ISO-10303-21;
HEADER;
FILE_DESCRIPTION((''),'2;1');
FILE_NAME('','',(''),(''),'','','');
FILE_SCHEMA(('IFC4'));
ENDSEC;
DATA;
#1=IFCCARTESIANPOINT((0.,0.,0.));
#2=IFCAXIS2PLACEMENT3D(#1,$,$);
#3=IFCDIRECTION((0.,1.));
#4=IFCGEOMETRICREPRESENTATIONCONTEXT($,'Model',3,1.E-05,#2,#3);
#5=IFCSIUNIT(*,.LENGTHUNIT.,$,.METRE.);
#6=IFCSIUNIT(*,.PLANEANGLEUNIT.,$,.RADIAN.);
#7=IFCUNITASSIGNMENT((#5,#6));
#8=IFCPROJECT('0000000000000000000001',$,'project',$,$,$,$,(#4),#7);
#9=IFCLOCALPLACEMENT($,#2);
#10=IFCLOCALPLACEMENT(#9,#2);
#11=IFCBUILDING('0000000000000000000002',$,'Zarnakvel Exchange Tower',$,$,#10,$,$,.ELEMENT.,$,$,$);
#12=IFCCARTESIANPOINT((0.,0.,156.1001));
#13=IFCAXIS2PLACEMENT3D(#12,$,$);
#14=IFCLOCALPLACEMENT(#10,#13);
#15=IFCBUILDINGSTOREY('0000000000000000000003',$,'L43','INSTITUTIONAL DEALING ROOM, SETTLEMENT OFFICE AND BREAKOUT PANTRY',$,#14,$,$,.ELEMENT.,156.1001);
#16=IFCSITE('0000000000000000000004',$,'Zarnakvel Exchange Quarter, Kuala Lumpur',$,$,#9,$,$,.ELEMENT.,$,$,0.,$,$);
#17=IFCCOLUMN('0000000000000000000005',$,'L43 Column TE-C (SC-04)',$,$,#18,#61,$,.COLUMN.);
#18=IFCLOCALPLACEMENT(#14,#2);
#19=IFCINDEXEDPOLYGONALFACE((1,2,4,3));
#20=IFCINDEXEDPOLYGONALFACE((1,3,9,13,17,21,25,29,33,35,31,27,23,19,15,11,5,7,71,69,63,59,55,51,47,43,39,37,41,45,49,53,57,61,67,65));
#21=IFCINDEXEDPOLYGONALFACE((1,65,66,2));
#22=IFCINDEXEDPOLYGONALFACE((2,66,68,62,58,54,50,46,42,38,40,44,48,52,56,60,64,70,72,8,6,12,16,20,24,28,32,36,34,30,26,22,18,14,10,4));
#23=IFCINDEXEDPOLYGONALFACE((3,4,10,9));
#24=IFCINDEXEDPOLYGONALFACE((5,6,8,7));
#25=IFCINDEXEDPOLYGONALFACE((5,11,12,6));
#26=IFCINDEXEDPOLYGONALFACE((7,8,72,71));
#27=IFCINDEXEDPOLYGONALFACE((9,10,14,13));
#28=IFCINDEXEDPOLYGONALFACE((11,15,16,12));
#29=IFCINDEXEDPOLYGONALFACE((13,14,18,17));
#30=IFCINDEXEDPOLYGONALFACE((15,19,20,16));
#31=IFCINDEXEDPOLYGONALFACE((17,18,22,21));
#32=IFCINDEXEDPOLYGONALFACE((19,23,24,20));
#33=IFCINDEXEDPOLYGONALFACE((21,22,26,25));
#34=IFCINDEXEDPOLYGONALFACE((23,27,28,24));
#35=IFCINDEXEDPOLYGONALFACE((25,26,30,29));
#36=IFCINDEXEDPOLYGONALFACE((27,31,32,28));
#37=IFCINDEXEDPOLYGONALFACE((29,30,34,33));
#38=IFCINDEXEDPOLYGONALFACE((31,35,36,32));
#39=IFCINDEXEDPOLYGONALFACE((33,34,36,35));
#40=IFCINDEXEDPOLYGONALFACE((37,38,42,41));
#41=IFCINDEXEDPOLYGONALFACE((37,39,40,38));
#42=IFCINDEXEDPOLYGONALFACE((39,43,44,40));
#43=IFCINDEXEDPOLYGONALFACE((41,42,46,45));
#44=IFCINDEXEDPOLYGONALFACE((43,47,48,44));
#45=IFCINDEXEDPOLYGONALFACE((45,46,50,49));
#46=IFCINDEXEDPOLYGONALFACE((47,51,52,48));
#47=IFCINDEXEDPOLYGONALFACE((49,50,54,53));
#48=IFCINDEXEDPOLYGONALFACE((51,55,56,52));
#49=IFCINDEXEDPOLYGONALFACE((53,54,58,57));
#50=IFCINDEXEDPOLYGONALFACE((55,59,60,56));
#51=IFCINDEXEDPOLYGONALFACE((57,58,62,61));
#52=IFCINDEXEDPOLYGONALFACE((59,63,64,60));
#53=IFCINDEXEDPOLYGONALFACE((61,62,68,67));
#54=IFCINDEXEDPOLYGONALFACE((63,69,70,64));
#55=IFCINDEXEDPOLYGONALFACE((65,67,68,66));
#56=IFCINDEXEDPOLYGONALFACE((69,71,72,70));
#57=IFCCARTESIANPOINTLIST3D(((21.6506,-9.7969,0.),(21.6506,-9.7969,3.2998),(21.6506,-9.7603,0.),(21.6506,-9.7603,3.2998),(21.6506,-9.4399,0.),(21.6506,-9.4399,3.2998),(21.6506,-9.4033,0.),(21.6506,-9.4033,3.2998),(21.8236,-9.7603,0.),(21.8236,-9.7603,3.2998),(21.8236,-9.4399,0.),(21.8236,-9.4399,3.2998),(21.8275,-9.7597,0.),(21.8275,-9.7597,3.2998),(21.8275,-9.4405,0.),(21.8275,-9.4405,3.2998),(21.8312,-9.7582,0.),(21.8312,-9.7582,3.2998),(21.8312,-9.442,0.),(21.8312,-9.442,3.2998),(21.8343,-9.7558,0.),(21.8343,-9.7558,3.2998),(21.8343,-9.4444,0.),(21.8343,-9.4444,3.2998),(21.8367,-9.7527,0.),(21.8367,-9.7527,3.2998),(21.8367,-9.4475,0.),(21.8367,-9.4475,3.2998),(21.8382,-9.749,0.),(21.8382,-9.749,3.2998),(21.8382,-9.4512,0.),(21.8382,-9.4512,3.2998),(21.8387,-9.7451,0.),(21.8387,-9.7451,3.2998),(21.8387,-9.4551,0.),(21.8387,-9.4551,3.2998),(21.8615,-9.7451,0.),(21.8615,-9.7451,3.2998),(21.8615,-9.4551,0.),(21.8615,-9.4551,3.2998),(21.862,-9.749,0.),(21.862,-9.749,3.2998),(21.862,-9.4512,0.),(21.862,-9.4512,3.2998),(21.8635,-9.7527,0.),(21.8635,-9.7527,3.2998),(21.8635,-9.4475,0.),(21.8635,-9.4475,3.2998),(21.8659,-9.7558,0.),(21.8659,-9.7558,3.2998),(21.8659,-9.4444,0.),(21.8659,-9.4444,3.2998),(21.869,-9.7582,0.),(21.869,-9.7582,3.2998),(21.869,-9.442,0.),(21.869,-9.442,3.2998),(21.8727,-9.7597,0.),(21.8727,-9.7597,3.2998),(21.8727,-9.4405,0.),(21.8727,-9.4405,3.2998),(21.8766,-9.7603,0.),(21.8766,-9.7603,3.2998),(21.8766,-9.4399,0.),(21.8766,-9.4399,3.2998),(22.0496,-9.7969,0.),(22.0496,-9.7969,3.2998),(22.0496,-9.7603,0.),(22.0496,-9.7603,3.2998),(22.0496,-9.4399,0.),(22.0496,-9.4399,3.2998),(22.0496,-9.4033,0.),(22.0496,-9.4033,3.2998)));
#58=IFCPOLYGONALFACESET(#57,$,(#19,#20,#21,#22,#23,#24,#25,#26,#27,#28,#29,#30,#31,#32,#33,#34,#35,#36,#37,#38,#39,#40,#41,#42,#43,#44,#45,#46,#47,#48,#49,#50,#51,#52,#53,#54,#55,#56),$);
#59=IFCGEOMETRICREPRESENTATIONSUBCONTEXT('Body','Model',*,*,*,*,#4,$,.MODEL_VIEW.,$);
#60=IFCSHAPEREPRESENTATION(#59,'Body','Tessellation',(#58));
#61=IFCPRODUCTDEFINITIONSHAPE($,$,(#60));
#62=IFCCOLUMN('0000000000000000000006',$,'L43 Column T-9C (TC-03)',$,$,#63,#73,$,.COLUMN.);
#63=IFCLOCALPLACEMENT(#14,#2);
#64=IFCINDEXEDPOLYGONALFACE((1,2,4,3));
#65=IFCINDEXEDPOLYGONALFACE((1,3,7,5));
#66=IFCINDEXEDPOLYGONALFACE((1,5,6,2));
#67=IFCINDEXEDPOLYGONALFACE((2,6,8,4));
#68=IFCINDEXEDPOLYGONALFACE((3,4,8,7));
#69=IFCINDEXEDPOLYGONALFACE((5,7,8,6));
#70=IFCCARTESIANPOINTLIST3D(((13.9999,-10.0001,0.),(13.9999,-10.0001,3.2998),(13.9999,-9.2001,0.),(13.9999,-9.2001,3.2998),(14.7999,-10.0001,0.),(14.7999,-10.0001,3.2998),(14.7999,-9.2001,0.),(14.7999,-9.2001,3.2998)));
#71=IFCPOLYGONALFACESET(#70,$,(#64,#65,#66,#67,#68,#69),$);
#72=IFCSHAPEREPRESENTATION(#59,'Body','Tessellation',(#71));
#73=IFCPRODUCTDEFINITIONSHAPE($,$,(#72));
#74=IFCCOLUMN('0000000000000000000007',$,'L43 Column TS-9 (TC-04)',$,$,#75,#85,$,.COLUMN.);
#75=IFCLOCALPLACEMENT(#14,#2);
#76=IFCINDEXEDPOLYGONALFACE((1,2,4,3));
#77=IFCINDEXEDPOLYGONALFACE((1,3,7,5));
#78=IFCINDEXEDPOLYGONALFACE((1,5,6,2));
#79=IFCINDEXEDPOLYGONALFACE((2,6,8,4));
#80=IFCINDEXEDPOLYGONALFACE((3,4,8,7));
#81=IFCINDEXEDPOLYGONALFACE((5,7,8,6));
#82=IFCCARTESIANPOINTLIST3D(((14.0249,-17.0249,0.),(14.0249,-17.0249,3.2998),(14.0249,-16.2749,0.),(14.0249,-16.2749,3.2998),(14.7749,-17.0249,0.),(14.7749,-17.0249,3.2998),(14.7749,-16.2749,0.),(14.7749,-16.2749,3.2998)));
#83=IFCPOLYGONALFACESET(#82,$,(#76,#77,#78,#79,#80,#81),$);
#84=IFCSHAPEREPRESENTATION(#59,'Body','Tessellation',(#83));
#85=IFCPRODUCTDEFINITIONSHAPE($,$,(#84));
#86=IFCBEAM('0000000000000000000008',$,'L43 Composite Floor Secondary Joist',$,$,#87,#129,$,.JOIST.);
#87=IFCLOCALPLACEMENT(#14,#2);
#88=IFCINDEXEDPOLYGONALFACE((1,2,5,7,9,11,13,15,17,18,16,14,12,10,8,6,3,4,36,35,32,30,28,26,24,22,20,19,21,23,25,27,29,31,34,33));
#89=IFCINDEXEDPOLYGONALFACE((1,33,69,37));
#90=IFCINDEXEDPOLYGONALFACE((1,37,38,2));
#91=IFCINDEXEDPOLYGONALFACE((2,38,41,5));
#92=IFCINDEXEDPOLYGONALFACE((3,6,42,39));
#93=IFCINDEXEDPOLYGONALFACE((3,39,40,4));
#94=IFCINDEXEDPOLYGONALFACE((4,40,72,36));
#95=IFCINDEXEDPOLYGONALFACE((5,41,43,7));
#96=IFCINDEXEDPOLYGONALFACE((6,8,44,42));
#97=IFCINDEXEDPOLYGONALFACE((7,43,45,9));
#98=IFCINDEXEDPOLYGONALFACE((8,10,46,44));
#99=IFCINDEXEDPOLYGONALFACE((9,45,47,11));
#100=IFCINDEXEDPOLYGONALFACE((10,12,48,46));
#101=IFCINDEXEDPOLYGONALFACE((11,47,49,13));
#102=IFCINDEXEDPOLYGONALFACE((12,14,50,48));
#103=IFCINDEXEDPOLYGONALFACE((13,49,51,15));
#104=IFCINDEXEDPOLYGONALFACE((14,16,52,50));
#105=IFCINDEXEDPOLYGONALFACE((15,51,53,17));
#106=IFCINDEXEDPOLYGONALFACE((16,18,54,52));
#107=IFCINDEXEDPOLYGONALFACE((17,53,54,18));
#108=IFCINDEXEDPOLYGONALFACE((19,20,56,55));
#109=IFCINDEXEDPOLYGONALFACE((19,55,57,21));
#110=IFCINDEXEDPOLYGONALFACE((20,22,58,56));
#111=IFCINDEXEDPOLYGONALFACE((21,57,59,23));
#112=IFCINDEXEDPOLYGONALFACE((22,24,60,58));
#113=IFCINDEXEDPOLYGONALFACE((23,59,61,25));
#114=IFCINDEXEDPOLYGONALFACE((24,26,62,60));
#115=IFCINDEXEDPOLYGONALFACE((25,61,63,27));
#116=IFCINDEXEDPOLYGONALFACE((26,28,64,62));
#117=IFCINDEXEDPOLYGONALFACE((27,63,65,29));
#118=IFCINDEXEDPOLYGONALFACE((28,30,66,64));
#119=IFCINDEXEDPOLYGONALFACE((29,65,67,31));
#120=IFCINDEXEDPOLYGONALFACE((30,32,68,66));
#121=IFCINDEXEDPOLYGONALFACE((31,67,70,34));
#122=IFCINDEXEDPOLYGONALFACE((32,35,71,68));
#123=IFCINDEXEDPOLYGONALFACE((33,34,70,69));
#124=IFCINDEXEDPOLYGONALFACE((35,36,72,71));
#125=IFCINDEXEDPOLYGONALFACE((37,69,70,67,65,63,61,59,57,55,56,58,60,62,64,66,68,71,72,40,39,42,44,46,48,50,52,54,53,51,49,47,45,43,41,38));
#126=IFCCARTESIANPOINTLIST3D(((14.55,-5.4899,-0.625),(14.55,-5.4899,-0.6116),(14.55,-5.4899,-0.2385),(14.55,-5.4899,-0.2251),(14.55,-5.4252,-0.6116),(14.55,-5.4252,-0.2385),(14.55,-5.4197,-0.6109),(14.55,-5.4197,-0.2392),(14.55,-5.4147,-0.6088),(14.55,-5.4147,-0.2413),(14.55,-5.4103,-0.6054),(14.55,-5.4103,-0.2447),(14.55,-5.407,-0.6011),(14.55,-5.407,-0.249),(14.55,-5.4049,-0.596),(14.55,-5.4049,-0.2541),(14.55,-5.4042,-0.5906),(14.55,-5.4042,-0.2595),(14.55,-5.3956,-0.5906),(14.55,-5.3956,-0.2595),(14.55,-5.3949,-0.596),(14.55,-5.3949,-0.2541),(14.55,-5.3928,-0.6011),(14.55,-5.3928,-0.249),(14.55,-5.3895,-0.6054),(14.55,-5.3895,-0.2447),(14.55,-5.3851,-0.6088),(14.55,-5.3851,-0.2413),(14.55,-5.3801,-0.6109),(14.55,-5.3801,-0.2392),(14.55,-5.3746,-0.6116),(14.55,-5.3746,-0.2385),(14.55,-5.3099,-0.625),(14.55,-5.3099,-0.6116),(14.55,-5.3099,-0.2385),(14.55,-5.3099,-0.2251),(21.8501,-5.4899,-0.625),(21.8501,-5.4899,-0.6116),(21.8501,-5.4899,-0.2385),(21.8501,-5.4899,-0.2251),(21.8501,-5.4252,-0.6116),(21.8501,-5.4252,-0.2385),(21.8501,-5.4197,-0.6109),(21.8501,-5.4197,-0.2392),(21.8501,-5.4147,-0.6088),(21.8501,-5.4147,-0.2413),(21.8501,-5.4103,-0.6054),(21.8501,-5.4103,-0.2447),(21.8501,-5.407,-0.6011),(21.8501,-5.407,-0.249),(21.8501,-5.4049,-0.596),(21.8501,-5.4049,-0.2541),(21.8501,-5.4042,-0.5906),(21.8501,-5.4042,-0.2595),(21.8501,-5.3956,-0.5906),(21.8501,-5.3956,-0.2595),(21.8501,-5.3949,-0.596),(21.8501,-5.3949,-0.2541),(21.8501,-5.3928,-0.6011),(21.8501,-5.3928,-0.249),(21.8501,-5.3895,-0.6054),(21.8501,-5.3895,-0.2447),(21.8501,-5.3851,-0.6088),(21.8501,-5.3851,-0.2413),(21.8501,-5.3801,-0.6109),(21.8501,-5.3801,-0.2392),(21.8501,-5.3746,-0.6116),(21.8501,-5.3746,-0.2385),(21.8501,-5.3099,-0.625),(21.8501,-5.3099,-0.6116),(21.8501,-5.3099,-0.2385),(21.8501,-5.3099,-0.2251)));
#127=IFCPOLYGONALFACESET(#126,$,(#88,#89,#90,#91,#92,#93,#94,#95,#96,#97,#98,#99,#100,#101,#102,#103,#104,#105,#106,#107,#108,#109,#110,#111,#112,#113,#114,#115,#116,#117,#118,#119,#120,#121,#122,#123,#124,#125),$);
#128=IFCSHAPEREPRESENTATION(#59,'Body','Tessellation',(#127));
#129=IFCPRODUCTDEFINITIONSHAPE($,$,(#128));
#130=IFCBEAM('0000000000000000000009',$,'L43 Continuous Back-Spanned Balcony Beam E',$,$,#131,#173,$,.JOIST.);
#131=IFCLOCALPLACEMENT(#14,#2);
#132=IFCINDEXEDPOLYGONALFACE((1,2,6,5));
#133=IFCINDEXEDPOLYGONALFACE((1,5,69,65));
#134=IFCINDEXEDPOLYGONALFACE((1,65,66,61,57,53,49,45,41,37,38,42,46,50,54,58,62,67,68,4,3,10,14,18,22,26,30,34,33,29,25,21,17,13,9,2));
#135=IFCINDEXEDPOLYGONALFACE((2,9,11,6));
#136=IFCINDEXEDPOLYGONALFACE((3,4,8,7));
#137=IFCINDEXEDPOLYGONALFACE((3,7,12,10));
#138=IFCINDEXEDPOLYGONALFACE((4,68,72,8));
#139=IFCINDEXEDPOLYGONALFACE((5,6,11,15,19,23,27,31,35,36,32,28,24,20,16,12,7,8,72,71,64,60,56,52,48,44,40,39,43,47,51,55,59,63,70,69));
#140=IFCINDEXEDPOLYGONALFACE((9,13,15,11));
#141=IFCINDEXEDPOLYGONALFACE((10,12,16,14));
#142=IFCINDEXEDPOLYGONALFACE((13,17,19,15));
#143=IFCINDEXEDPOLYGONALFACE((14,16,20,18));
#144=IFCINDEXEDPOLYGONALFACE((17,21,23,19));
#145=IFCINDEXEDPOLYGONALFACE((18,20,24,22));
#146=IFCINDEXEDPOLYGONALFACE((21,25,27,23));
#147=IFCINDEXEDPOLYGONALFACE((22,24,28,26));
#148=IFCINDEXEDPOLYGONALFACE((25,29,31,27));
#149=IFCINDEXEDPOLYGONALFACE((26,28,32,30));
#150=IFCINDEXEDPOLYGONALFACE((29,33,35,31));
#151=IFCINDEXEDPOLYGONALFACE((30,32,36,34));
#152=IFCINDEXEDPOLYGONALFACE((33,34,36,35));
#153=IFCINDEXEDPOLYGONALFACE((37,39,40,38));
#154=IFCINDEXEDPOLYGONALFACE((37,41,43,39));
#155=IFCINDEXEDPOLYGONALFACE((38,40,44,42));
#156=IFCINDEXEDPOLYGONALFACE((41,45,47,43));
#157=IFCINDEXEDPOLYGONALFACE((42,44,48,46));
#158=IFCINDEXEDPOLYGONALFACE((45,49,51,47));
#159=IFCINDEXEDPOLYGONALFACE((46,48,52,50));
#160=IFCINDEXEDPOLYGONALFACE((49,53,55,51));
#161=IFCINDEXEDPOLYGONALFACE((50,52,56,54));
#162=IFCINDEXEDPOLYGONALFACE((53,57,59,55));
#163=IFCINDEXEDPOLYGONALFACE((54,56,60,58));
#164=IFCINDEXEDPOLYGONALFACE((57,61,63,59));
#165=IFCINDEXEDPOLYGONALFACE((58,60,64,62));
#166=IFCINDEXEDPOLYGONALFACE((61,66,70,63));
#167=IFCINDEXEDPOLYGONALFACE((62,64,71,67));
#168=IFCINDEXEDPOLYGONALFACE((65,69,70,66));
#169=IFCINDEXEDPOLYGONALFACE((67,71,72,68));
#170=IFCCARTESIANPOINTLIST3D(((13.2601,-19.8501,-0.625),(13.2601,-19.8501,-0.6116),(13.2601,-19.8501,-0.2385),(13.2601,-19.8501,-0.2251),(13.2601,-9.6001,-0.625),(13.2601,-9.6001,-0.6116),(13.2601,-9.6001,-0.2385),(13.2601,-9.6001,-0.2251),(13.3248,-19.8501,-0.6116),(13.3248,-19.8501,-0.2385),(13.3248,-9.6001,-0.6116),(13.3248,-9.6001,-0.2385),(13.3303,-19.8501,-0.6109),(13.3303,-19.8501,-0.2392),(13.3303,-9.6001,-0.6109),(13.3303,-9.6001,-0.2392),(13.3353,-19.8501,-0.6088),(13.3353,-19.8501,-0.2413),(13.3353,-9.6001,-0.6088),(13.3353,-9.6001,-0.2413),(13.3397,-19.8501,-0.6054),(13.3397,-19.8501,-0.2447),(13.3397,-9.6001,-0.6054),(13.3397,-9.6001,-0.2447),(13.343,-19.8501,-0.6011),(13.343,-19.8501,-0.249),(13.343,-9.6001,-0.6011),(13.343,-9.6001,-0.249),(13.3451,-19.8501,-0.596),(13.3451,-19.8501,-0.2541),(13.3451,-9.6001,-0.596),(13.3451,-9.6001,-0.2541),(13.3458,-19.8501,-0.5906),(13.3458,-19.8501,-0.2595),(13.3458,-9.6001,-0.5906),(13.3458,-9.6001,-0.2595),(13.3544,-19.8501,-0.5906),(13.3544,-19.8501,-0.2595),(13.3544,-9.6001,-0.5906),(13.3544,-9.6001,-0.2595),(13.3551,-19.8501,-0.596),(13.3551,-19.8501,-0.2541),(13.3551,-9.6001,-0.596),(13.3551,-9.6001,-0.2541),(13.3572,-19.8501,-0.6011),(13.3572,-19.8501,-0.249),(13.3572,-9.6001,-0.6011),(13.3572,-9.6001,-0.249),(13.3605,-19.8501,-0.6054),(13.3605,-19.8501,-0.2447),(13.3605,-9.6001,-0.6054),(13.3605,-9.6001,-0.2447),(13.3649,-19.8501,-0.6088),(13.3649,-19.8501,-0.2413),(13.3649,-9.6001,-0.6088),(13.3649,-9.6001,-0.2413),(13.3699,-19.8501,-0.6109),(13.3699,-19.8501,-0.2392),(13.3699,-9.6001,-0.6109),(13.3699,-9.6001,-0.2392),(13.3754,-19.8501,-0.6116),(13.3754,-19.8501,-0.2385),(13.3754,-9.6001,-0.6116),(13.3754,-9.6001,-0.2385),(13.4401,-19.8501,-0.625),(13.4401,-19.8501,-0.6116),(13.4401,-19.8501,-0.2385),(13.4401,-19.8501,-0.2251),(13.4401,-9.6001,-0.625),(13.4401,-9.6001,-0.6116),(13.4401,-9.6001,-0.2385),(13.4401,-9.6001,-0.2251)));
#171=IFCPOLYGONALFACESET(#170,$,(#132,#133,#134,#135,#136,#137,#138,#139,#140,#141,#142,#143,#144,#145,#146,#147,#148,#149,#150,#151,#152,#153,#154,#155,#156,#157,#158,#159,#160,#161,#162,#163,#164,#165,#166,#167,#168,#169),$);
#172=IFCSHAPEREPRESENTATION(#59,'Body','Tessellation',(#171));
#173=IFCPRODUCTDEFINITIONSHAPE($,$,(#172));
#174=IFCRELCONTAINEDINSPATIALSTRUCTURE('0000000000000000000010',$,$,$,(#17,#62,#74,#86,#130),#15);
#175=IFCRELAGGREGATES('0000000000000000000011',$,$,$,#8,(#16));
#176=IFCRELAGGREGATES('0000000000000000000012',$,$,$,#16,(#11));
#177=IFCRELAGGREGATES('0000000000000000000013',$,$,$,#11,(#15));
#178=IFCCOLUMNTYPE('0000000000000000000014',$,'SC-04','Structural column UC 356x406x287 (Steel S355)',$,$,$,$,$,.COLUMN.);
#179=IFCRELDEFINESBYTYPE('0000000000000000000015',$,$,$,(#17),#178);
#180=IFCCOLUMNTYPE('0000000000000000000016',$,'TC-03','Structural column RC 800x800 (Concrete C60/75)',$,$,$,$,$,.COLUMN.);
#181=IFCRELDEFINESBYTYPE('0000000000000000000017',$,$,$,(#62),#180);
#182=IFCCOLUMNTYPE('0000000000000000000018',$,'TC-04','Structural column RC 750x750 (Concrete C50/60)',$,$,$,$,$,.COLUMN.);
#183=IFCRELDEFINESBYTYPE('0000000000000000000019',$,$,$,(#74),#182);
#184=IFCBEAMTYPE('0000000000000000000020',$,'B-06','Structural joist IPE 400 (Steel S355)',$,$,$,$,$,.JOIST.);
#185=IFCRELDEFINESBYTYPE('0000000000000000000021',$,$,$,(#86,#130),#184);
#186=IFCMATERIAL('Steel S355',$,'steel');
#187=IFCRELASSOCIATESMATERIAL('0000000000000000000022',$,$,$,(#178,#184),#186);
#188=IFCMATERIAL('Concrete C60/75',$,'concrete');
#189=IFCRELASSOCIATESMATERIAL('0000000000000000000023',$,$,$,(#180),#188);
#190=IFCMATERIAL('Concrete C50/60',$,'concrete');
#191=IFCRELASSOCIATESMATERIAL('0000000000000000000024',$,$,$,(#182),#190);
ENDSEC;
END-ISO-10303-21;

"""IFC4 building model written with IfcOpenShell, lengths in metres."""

from ifc_helpers import new_model, si_unit, direction, frame, origin, origin_2d, place, context, subcontext, project, spatial, rectangle, i_section, extrude, material, material_profile, profile_set, type_object, element, save


model = new_model("IFC4")

# Units and contexts
model_context = context("Model", 3, precision=1e-05, world=origin(), true_north=direction((0.0, 1.0)))
body_context = subcontext(model_context, "Body", "Model", "MODEL_VIEW")
ifc_project = project(units=[si_unit("LENGTHUNIT", "METRE"), si_unit("PLANEANGLEUNIT", "RADIAN")], contexts=[model_context])

# Site, building, storey
site_placement = place(None, origin())
site = spatial("IfcSite", under=ifc_project, at=site_placement, Name="Zarnakvel Exchange Quarter, Kuala Lumpur", CompositionType="ELEMENT", RefElevation=0.0)
building_placement = place(site_placement, origin())
building = spatial("IfcBuilding", under=site, at=building_placement, Name="Zarnakvel Exchange Tower", CompositionType="ELEMENT")
storey_placement = place(building_placement, frame((0.0, 0.0, 156.1001)))
storey = spatial("IfcBuildingStorey", under=building, at=storey_placement, Name="L43", Description="INSTITUTIONAL DEALING ROOM, SETTLEMENT OFFICE AND BREAKOUT PANTRY", CompositionType="ELEMENT", Elevation=156.1001)

# Columns
ifc_material_1 = material(Name="Steel S355", Category="steel")
ifc_material_profile_1 = material_profile(ifc_material_1, i_section(OverallWidth=0.3989, OverallDepth=0.3936, WebThickness=0.0227, FlangeThickness=0.0366, FilletRadius=0.0151, at=origin_2d()))
ifc_profile_set_1 = profile_set([ifc_material_profile_1], Name="Steel S355")
column_type_1 = type_object("IfcColumnType", Name="SC-04", Description="Structural column UC 356x406x287 (Steel S355)", PredefinedType="COLUMN", material=ifc_profile_set_1)
column_1_placement = place(storey_placement, frame((21.8501, -9.6001, 0.0), z_axis=(0.0, 0.0, 1.0), x_axis=(1.0, 0.0, 0.0)))
element("IfcColumn", 1, at=column_1_placement, inside=storey, type_object=column_type_1, Name="L43 Column TE-C (SC-04)", PredefinedType="COLUMN", context=body_context, shape_type="SweptSolid", body=[
    extrude(i_section(OverallWidth=0.3989, OverallDepth=0.3936, WebThickness=0.0227, FlangeThickness=0.0366, FilletRadius=0.0151, at=origin_2d()), origin(), (0.0, 0.0, 1.0), 3.2998),
])
ifc_material_2 = material(Name="Concrete C60/75", Category="concrete")
ifc_material_profile_2 = material_profile(ifc_material_2, rectangle(XDim=0.8, YDim=0.8, at=origin_2d()))
ifc_profile_set_2 = profile_set([ifc_material_profile_2], Name="Concrete C60/75")
column_type_2 = type_object("IfcColumnType", Name="TC-03", Description="Structural column RC 800x800 (Concrete C60/75)", PredefinedType="COLUMN", material=ifc_profile_set_2)
column_2_placement = place(storey_placement, frame((14.3999, -9.6001, 0.0), z_axis=(0.0, 0.0, 1.0), x_axis=(1.0, 0.0, 0.0)))
element("IfcColumn", 2, at=column_2_placement, inside=storey, type_object=column_type_2, Name="L43 Column T-9C (TC-03)", PredefinedType="COLUMN", context=body_context, shape_type="SweptSolid", body=[
    extrude(rectangle(XDim=0.8, YDim=0.8, at=origin_2d()), origin(), (0.0, 0.0, 1.0), 3.2998),
])
ifc_material_3 = material(Name="Concrete C50/60", Category="concrete")
ifc_material_profile_3 = material_profile(ifc_material_3, rectangle(XDim=0.75, YDim=0.75, at=origin_2d()))
ifc_profile_set_3 = profile_set([ifc_material_profile_3], Name="Concrete C50/60")
column_type_3 = type_object("IfcColumnType", Name="TC-04", Description="Structural column RC 750x750 (Concrete C50/60)", PredefinedType="COLUMN", material=ifc_profile_set_3)
column_3_placement = place(storey_placement, frame((14.3999, -16.6499, 0.0), z_axis=(0.0, 0.0, 1.0), x_axis=(1.0, 0.0, 0.0)))
element("IfcColumn", 3, at=column_3_placement, inside=storey, type_object=column_type_3, Name="L43 Column TS-9 (TC-04)", PredefinedType="COLUMN", context=body_context, shape_type="SweptSolid", body=[
    extrude(rectangle(XDim=0.75, YDim=0.75, at=origin_2d()), origin(), (0.0, 0.0, 1.0), 3.2998),
])

# Beams
ifc_material_profile_4 = material_profile(ifc_material_1, i_section(OverallWidth=0.1799, OverallDepth=0.3999, WebThickness=0.0085, FlangeThickness=0.0134, FilletRadius=0.021, at=origin_2d()))
ifc_profile_set_4 = profile_set([ifc_material_profile_4], Name="Steel S355")
beam_type_1 = type_object("IfcBeamType", Name="B-06", Description="Structural joist IPE 400 (Steel S355)", PredefinedType="JOIST", material=ifc_profile_set_4)
beam_1_placement = place(storey_placement, frame((14.55, -5.3999, -0.425), z_axis=(1.0, 0.0, 0.0), x_axis=(0.0, 1.0, 0.0)))
element("IfcBeam", 4, at=beam_1_placement, inside=storey, type_object=beam_type_1, Name="L43 Composite Floor Secondary Joist", PredefinedType="JOIST", context=body_context, shape_type="SweptSolid", body=[
    extrude(i_section(OverallWidth=0.1799, OverallDepth=0.3999, WebThickness=0.0085, FlangeThickness=0.0134, FilletRadius=0.021, at=origin_2d()), origin(), (0.0, 0.0, 1.0), 7.3),
])
beam_2_placement = place(storey_placement, frame((13.3501, -9.6001, -0.425), z_axis=(0.0, -1.0, 0.0), x_axis=(1.0, 0.0, 0.0)))
element("IfcBeam", 5, at=beam_2_placement, inside=storey, type_object=beam_type_1, Name="L43 Continuous Back-Spanned Balcony Beam E", PredefinedType="JOIST", context=body_context, shape_type="SweptSolid", body=[
    extrude(i_section(OverallWidth=0.1799, OverallDepth=0.3999, WebThickness=0.0085, FlangeThickness=0.0134, FilletRadius=0.021, at=origin_2d()), origin(), (0.0, 0.0, 1.0), 10.25),
])

save(model, "model.ifc")
